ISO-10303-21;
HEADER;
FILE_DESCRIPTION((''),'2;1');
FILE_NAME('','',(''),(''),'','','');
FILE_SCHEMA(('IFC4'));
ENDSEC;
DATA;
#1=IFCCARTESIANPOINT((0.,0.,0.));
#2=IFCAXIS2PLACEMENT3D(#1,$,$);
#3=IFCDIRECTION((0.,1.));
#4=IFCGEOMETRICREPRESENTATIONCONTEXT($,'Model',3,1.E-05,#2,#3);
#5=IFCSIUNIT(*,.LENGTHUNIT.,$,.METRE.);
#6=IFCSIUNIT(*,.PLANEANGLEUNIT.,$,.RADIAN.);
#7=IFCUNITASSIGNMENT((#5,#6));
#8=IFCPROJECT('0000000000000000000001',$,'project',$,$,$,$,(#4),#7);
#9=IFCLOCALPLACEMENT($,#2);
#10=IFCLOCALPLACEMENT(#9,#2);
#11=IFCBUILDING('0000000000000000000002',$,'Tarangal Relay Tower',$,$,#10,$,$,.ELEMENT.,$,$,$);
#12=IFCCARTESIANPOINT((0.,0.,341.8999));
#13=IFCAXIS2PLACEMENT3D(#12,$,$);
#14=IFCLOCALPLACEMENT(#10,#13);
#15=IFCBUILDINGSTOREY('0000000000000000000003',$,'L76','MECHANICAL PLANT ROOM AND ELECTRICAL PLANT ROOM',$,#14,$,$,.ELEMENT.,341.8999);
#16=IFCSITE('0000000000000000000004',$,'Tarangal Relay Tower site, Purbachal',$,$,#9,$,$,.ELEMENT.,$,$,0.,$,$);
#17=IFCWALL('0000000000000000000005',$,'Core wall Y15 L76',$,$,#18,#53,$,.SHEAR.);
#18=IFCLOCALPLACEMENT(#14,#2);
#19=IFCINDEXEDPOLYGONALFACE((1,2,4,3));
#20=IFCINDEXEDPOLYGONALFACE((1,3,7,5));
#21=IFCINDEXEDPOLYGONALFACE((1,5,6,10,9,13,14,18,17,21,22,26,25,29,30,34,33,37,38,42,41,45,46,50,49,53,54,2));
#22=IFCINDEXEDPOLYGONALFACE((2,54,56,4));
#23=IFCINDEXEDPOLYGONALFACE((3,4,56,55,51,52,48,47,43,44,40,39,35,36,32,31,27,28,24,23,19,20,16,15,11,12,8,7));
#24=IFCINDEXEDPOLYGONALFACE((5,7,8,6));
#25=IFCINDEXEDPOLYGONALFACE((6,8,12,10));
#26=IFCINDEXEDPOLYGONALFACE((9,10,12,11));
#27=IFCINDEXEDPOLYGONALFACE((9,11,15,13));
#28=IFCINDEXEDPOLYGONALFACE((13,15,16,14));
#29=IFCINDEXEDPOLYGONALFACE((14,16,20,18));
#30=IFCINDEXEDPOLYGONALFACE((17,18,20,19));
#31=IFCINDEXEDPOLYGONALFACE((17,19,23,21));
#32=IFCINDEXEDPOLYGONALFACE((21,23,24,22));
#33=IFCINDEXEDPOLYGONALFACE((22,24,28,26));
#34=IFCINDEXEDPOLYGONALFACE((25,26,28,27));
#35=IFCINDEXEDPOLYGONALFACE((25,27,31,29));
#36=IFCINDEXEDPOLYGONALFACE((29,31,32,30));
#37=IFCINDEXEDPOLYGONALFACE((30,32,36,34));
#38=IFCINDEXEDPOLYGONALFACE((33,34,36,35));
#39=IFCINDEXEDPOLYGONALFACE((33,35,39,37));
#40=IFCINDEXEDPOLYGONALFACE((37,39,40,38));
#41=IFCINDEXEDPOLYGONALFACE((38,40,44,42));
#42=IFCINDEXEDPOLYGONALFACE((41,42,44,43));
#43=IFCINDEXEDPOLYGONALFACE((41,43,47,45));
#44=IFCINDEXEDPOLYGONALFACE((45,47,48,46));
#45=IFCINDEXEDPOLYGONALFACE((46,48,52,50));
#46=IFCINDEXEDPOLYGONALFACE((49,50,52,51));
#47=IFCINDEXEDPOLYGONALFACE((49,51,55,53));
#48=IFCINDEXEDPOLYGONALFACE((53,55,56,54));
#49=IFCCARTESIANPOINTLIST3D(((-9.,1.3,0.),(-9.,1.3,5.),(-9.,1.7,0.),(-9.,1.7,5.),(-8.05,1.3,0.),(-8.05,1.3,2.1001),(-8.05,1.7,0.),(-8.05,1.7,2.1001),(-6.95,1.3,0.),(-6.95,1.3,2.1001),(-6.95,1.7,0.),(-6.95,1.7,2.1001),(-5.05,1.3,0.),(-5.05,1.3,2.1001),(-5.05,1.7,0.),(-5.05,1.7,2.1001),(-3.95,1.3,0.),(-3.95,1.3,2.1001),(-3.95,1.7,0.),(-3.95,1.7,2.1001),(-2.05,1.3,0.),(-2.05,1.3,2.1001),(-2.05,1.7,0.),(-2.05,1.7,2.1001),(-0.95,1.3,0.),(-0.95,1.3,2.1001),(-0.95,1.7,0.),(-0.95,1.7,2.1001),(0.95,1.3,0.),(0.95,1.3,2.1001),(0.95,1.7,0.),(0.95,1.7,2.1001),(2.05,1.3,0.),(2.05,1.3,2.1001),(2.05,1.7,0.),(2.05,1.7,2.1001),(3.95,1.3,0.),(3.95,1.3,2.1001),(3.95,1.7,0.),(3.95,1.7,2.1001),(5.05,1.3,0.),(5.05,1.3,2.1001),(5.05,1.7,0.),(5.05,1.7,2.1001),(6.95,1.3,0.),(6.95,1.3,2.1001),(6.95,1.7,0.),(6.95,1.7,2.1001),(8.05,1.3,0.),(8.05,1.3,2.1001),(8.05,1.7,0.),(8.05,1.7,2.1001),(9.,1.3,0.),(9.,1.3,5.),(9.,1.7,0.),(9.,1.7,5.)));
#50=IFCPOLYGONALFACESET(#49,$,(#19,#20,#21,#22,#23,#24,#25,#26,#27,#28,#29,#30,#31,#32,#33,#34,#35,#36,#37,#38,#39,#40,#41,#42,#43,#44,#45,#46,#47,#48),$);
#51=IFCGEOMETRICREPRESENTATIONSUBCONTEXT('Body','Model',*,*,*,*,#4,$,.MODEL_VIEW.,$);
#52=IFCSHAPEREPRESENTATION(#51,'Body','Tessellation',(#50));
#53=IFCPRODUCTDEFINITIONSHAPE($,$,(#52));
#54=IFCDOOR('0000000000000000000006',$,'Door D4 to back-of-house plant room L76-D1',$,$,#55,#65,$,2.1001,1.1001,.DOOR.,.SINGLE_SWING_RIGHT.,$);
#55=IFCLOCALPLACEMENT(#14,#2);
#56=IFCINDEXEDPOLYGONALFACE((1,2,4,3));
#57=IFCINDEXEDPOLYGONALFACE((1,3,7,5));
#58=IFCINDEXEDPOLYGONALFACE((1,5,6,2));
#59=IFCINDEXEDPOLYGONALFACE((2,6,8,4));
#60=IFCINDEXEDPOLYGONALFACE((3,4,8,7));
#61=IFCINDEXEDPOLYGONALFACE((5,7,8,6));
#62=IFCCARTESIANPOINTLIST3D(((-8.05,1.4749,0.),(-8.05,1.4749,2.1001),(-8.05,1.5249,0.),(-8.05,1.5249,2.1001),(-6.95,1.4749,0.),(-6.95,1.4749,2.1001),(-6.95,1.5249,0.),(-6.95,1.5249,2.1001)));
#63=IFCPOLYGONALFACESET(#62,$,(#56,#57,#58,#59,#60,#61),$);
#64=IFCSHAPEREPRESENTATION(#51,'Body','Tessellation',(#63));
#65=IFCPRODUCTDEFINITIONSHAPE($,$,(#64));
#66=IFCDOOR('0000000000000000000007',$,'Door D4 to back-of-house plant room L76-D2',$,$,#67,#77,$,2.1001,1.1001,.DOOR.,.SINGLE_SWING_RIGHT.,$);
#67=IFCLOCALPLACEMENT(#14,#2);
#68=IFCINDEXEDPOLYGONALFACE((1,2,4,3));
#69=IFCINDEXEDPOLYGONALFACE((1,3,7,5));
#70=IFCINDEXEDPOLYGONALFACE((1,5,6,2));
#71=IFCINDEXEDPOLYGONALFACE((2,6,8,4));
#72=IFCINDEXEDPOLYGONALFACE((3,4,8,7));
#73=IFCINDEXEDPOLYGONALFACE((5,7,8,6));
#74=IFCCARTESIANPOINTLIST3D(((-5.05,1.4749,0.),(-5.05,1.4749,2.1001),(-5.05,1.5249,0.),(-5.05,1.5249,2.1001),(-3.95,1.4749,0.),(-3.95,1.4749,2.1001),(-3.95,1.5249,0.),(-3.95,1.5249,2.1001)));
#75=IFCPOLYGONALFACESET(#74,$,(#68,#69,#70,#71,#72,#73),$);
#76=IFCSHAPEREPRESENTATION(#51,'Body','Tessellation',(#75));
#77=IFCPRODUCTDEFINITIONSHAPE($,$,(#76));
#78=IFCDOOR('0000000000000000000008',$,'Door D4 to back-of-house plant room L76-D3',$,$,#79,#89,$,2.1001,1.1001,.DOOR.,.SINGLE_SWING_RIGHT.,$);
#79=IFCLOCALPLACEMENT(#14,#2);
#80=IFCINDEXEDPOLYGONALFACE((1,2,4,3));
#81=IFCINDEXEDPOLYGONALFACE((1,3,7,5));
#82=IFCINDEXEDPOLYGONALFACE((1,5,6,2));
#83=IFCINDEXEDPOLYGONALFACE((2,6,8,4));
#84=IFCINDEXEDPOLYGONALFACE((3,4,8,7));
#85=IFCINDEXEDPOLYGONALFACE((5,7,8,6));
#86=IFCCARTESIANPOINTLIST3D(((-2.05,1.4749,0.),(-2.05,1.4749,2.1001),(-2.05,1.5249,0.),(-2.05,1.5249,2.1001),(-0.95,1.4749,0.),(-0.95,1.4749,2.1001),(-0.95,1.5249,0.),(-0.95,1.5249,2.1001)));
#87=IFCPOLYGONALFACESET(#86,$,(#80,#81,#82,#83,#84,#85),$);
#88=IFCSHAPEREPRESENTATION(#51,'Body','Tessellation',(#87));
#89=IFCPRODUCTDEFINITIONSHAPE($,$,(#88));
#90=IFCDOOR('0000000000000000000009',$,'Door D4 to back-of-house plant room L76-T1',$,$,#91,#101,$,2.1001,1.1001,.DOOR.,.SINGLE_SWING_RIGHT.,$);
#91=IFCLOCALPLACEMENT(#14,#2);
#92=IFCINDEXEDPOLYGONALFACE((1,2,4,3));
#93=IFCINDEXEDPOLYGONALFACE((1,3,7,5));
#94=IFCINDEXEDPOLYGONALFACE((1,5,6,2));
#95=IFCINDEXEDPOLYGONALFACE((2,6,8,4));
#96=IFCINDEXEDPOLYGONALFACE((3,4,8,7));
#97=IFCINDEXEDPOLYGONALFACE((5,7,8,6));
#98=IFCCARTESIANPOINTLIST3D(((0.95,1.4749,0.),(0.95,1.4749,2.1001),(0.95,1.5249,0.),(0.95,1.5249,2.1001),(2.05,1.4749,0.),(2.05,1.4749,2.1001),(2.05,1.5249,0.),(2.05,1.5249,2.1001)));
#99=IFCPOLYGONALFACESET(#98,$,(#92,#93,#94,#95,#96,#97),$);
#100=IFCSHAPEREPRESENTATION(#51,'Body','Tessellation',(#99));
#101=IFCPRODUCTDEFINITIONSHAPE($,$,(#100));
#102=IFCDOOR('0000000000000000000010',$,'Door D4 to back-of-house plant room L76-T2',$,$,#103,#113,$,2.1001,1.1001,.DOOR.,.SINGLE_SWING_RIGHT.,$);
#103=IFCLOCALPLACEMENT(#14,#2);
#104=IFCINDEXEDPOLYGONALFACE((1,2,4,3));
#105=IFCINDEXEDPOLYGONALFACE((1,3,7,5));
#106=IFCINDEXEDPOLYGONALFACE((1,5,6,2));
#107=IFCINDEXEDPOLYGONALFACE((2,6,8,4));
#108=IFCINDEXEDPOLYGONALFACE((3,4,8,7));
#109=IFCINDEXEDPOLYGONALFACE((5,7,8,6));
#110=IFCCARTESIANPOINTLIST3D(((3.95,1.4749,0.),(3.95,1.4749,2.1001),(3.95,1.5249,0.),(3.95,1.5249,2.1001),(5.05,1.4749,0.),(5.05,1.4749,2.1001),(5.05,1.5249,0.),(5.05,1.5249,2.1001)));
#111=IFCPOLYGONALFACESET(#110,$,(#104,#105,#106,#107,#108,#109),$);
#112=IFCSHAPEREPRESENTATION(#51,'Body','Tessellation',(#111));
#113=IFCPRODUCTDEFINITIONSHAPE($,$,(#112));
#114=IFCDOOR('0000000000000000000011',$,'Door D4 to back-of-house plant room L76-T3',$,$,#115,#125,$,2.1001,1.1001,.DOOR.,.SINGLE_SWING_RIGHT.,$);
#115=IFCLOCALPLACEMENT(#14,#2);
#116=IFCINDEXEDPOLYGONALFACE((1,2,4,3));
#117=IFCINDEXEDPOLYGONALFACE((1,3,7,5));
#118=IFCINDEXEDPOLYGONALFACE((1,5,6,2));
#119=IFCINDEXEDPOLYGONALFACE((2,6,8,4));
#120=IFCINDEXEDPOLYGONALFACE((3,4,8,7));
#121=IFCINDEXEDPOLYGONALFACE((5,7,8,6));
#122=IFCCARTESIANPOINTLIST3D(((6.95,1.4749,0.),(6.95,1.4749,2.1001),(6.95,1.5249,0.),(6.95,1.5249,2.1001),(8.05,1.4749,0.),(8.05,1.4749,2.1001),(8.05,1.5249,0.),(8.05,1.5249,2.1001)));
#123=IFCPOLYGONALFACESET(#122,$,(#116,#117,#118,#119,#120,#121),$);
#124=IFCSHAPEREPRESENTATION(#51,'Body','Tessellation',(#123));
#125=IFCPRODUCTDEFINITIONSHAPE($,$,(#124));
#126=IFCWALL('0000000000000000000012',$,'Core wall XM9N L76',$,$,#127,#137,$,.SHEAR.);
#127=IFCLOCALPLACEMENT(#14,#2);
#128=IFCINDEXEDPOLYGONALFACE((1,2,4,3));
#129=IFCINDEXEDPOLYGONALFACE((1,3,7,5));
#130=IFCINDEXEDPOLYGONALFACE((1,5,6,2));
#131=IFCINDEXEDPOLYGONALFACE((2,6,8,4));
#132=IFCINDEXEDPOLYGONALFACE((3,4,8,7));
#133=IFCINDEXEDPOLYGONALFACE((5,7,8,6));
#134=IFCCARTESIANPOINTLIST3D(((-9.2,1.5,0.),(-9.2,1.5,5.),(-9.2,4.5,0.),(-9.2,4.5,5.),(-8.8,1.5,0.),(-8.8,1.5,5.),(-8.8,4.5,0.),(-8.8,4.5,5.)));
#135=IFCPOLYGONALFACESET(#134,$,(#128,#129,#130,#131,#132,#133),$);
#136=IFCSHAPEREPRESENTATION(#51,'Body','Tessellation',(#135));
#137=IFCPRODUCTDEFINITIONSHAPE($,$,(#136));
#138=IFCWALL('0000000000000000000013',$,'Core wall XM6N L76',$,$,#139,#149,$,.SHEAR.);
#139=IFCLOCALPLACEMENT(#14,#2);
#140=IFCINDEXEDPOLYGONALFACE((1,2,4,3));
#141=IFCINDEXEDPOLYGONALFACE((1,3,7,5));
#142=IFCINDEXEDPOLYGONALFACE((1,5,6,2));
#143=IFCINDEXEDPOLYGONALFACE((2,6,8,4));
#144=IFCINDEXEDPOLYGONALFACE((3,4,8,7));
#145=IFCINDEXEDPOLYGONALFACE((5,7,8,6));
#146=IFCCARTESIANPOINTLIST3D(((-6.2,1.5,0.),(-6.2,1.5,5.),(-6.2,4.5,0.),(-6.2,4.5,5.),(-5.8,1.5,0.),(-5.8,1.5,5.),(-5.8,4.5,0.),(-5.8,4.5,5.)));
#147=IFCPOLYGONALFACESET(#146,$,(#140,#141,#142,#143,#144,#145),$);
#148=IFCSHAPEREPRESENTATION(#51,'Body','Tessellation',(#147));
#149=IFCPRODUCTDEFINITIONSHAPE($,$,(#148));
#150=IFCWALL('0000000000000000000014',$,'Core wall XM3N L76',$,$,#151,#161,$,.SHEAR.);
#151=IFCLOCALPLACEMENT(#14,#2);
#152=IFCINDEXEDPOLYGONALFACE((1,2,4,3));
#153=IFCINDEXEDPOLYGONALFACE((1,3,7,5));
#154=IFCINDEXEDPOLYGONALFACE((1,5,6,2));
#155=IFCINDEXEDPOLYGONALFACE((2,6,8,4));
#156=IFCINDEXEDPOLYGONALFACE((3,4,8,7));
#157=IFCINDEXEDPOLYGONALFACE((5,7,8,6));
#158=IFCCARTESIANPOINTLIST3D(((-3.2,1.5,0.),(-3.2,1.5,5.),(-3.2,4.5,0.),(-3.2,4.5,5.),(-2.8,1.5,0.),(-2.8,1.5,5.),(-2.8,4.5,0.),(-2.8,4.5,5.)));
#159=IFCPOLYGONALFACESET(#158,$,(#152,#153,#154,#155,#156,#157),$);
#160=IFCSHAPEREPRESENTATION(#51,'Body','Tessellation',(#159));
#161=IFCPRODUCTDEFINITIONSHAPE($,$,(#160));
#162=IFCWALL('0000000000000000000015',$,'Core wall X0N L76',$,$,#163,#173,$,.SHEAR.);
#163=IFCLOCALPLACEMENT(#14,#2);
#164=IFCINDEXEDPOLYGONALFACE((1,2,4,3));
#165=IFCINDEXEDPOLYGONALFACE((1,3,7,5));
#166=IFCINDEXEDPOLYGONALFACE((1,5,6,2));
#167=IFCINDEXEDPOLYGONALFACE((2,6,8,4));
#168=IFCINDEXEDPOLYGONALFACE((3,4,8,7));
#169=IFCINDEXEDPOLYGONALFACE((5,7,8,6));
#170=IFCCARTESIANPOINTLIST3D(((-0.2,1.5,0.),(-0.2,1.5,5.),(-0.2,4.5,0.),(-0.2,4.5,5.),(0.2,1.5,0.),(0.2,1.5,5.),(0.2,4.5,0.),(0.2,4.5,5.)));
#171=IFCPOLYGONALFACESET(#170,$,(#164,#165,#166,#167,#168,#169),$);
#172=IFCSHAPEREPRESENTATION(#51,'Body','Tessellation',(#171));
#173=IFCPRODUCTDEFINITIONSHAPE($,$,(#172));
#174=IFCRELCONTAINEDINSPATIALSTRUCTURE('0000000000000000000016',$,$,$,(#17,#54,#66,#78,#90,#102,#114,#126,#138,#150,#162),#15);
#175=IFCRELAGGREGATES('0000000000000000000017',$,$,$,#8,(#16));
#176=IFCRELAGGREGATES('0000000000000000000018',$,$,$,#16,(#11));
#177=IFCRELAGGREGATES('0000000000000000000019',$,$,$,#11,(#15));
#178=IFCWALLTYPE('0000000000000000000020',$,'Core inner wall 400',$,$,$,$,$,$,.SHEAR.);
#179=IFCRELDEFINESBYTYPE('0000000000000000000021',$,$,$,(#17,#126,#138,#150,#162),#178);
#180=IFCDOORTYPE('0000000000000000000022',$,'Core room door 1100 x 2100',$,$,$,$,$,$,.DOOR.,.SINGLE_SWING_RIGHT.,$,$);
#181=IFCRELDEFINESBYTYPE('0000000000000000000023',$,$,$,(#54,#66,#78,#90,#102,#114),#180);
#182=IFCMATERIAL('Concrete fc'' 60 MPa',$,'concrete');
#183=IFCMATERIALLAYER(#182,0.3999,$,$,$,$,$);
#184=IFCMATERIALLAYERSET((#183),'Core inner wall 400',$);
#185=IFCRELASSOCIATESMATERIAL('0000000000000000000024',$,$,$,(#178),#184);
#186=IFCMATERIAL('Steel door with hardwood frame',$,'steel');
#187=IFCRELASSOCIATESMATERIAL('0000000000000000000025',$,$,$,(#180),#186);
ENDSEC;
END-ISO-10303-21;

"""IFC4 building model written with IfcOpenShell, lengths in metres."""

from ifc_helpers import new_model, si_unit, direction, frame, frame_2d, origin, place, context, subcontext, project, spatial, rectangle, extrude, material, layer, layer_set, type_object, element, fill, save


model = new_model("IFC4")

# Units and contexts
model_context = context("Model", 3, precision=1e-05, world=origin(), true_north=direction((0.0, 1.0)))
body_context = subcontext(model_context, "Body", "Model", "MODEL_VIEW")
ifc_project = project(units=[si_unit("LENGTHUNIT", "METRE"), si_unit("PLANEANGLEUNIT", "RADIAN")], contexts=[model_context])

# Site, building, storey
site_placement = place(None, origin())
site = spatial("IfcSite", under=ifc_project, at=site_placement, Name="Tarangal Relay Tower site, Purbachal", CompositionType="ELEMENT", RefElevation=0.0)
building_placement = place(site_placement, origin())
building = spatial("IfcBuilding", under=site, at=building_placement, Name="Tarangal Relay Tower", CompositionType="ELEMENT")
storey_placement = place(building_placement, frame((0.0, 0.0, 341.8999)))
storey = spatial("IfcBuildingStorey", under=building, at=storey_placement, Name="L76", Description="MECHANICAL PLANT ROOM AND ELECTRICAL PLANT ROOM", CompositionType="ELEMENT", Elevation=341.8999)

# Wall, openings, doors
ifc_material_1 = material(Name="Concrete fc' 60 MPa", Category="concrete")
ifc_layer_1 = layer(ifc_material_1, 0.3999)
ifc_layer_set_1 = layer_set([ifc_layer_1], Name="Core inner wall 400")
wall_type = type_object("IfcWallType", Name="Core inner wall 400", PredefinedType="SHEAR", material=ifc_layer_set_1)
wall_placement = place(storey_placement, frame((-9.0, 1.5, 0.0), z_axis=(0.0, 0.0, 1.0), x_axis=(1.0, 0.0, 0.0)))
wall = element("IfcWall", 1, at=wall_placement, inside=storey, type_object=wall_type, Name="Core wall Y15 L76", PredefinedType="SHEAR", context=body_context, shape_type="SweptSolid", body=[
    extrude(rectangle(XDim=18.0, YDim=0.3999, at=frame_2d((9.0, 0.0))), origin(), (0.0, 0.0, 1.0), 5.0),
])
opening_1_placement = place(wall_placement, frame((0.95, 0.0, 0.0)))
opening_1 = element("IfcOpeningElement", 2, at=opening_1_placement, cuts=wall, PredefinedType="OPENING", context=body_context, shape_type="SweptSolid", body=[
    extrude(rectangle(XDim=1.1001, YDim=2.1001, at=frame_2d((0.55, 1.05))), frame((0.0, 0.21, 0.0), z_axis=(0.0, -1.0, 0.0), x_axis=(1.0, 0.0, 0.0)), (0.0, 0.0, 1.0), 0.4199),
])
opening_2_placement = place(wall_placement, frame((3.95, 0.0, 0.0)))
opening_2 = element("IfcOpeningElement", 3, at=opening_2_placement, cuts=wall, PredefinedType="OPENING", context=body_context, shape_type="SweptSolid", body=[
    extrude(rectangle(XDim=1.1001, YDim=2.1001, at=frame_2d((0.55, 1.05))), frame((0.0, 0.21, 0.0), z_axis=(0.0, -1.0, 0.0), x_axis=(1.0, 0.0, 0.0)), (0.0, 0.0, 1.0), 0.4199),
])
opening_3_placement = place(wall_placement, frame((6.95, 0.0, 0.0)))
opening_3 = element("IfcOpeningElement", 4, at=opening_3_placement, cuts=wall, PredefinedType="OPENING", context=body_context, shape_type="SweptSolid", body=[
    extrude(rectangle(XDim=1.1001, YDim=2.1001, at=frame_2d((0.55, 1.05))), frame((0.0, 0.21, 0.0), z_axis=(0.0, -1.0, 0.0), x_axis=(1.0, 0.0, 0.0)), (0.0, 0.0, 1.0), 0.4199),
])
opening_4_placement = place(wall_placement, frame((9.95, 0.0, 0.0)))
opening_4 = element("IfcOpeningElement", 5, at=opening_4_placement, cuts=wall, PredefinedType="OPENING", context=body_context, shape_type="SweptSolid", body=[
    extrude(rectangle(XDim=1.1001, YDim=2.1001, at=frame_2d((0.55, 1.05))), frame((0.0, 0.21, 0.0), z_axis=(0.0, -1.0, 0.0), x_axis=(1.0, 0.0, 0.0)), (0.0, 0.0, 1.0), 0.4199),
])
opening_5_placement = place(wall_placement, frame((12.95, 0.0, 0.0)))
opening_5 = element("IfcOpeningElement", 6, at=opening_5_placement, cuts=wall, PredefinedType="OPENING", context=body_context, shape_type="SweptSolid", body=[
    extrude(rectangle(XDim=1.1001, YDim=2.1001, at=frame_2d((0.55, 1.05))), frame((0.0, 0.21, 0.0), z_axis=(0.0, -1.0, 0.0), x_axis=(1.0, 0.0, 0.0)), (0.0, 0.0, 1.0), 0.4199),
])
opening_6_placement = place(wall_placement, frame((15.95, 0.0, 0.0)))
opening_6 = element("IfcOpeningElement", 7, at=opening_6_placement, cuts=wall, PredefinedType="OPENING", context=body_context, shape_type="SweptSolid", body=[
    extrude(rectangle(XDim=1.1001, YDim=2.1001, at=frame_2d((0.55, 1.05))), frame((0.0, 0.21, 0.0), z_axis=(0.0, -1.0, 0.0), x_axis=(1.0, 0.0, 0.0)), (0.0, 0.0, 1.0), 0.4199),
])
ifc_material_2 = material(Name="Steel door with hardwood frame", Category="steel")
door_type = type_object("IfcDoorType", Name="Core room door 1100 x 2100", OperationType="SINGLE_SWING_RIGHT", PredefinedType="DOOR", material=ifc_material_2)
door_1_placement = place(opening_1_placement, origin())
door_1 = element("IfcDoor", 8, at=door_1_placement, inside=storey, type_object=door_type, Name="Door D4 to back-of-house plant room L76-D1", OperationType="SINGLE_SWING_RIGHT", OverallHeight=2.1001, OverallWidth=1.1001, PredefinedType="DOOR", context=body_context, shape_type="SweptSolid", body=[
    extrude(rectangle(XDim=1.1001, YDim=2.1001, at=frame_2d((0.55, 1.05))), frame((0.0, 0.0249, 0.0), z_axis=(0.0, -1.0, 0.0), x_axis=(1.0, 0.0, 0.0)), (0.0, 0.0, 1.0), 0.05),
])
fill(opening_1, door_1)
door_2_placement = place(opening_2_placement, origin())
door_2 = element("IfcDoor", 9, at=door_2_placement, inside=storey, type_object=door_type, Name="Door D4 to back-of-house plant room L76-D2", OperationType="SINGLE_SWING_RIGHT", OverallHeight=2.1001, OverallWidth=1.1001, PredefinedType="DOOR", context=body_context, shape_type="SweptSolid", body=[
    extrude(rectangle(XDim=1.1001, YDim=2.1001, at=frame_2d((0.55, 1.05))), frame((0.0, 0.0249, 0.0), z_axis=(0.0, -1.0, 0.0), x_axis=(1.0, 0.0, 0.0)), (0.0, 0.0, 1.0), 0.05),
])
fill(opening_2, door_2)
door_3_placement = place(opening_3_placement, origin())
door_3 = element("IfcDoor", 10, at=door_3_placement, inside=storey, type_object=door_type, Name="Door D4 to back-of-house plant room L76-D3", OperationType="SINGLE_SWING_RIGHT", OverallHeight=2.1001, OverallWidth=1.1001, PredefinedType="DOOR", context=body_context, shape_type="SweptSolid", body=[
    extrude(rectangle(XDim=1.1001, YDim=2.1001, at=frame_2d((0.55, 1.05))), frame((0.0, 0.0249, 0.0), z_axis=(0.0, -1.0, 0.0), x_axis=(1.0, 0.0, 0.0)), (0.0, 0.0, 1.0), 0.05),
])
fill(opening_3, door_3)
door_4_placement = place(opening_4_placement, origin())
door_4 = element("IfcDoor", 11, at=door_4_placement, inside=storey, type_object=door_type, Name="Door D4 to back-of-house plant room L76-T1", OperationType="SINGLE_SWING_RIGHT", OverallHeight=2.1001, OverallWidth=1.1001, PredefinedType="DOOR", context=body_context, shape_type="SweptSolid", body=[
    extrude(rectangle(XDim=1.1001, YDim=2.1001, at=frame_2d((0.55, 1.05))), frame((0.0, 0.0249, 0.0), z_axis=(0.0, -1.0, 0.0), x_axis=(1.0, 0.0, 0.0)), (0.0, 0.0, 1.0), 0.05),
])
fill(opening_4, door_4)
door_5_placement = place(opening_5_placement, origin())
door_5 = element("IfcDoor", 12, at=door_5_placement, inside=storey, type_object=door_type, Name="Door D4 to back-of-house plant room L76-T2", OperationType="SINGLE_SWING_RIGHT", OverallHeight=2.1001, OverallWidth=1.1001, PredefinedType="DOOR", context=body_context, shape_type="SweptSolid", body=[
    extrude(rectangle(XDim=1.1001, YDim=2.1001, at=frame_2d((0.55, 1.05))), frame((0.0, 0.0249, 0.0), z_axis=(0.0, -1.0, 0.0), x_axis=(1.0, 0.0, 0.0)), (0.0, 0.0, 1.0), 0.05),
])
fill(opening_5, door_5)
door_6_placement = place(opening_6_placement, origin())
door_6 = element("IfcDoor", 13, at=door_6_placement, inside=storey, type_object=door_type, Name="Door D4 to back-of-house plant room L76-T3", OperationType="SINGLE_SWING_RIGHT", OverallHeight=2.1001, OverallWidth=1.1001, PredefinedType="DOOR", context=body_context, shape_type="SweptSolid", body=[
    extrude(rectangle(XDim=1.1001, YDim=2.1001, at=frame_2d((0.55, 1.05))), frame((0.0, 0.0249, 0.0), z_axis=(0.0, -1.0, 0.0), x_axis=(1.0, 0.0, 0.0)), (0.0, 0.0, 1.0), 0.05),
])
fill(opening_6, door_6)

# Walls
for number, where, z_axis, x_axis, name in (
    (14, (-9.0, 1.5, 0.0), (0.0, 0.0, 1.0), (0.0, 1.0, 0.0), "Core wall XM9N L76"),
    (15, (-6.0, 1.5, 0.0), (0.0, 0.0, 1.0), (0.0, 1.0, 0.0), "Core wall XM6N L76"),
    (16, (-3.0, 1.5, 0.0), (0.0, 0.0, 1.0), (0.0, 1.0, 0.0), "Core wall XM3N L76"),
    (17, (0.0, 1.5, 0.0), (0.0, 0.0, 1.0), (0.0, 1.0, 0.0), "Core wall X0N L76"),
):
    element("IfcWall", number, at=place(storey_placement, frame(where, z_axis=z_axis, x_axis=x_axis)), inside=storey, type_object=wall_type, Name=name, PredefinedType="SHEAR", context=body_context, shape_type="SweptSolid", body=[
        extrude(rectangle(XDim=3.0, YDim=0.3999, at=frame_2d((1.5, 0.0))), origin(), (0.0, 0.0, 1.0), 5.0),
    ])

save(model, "model.ifc")
